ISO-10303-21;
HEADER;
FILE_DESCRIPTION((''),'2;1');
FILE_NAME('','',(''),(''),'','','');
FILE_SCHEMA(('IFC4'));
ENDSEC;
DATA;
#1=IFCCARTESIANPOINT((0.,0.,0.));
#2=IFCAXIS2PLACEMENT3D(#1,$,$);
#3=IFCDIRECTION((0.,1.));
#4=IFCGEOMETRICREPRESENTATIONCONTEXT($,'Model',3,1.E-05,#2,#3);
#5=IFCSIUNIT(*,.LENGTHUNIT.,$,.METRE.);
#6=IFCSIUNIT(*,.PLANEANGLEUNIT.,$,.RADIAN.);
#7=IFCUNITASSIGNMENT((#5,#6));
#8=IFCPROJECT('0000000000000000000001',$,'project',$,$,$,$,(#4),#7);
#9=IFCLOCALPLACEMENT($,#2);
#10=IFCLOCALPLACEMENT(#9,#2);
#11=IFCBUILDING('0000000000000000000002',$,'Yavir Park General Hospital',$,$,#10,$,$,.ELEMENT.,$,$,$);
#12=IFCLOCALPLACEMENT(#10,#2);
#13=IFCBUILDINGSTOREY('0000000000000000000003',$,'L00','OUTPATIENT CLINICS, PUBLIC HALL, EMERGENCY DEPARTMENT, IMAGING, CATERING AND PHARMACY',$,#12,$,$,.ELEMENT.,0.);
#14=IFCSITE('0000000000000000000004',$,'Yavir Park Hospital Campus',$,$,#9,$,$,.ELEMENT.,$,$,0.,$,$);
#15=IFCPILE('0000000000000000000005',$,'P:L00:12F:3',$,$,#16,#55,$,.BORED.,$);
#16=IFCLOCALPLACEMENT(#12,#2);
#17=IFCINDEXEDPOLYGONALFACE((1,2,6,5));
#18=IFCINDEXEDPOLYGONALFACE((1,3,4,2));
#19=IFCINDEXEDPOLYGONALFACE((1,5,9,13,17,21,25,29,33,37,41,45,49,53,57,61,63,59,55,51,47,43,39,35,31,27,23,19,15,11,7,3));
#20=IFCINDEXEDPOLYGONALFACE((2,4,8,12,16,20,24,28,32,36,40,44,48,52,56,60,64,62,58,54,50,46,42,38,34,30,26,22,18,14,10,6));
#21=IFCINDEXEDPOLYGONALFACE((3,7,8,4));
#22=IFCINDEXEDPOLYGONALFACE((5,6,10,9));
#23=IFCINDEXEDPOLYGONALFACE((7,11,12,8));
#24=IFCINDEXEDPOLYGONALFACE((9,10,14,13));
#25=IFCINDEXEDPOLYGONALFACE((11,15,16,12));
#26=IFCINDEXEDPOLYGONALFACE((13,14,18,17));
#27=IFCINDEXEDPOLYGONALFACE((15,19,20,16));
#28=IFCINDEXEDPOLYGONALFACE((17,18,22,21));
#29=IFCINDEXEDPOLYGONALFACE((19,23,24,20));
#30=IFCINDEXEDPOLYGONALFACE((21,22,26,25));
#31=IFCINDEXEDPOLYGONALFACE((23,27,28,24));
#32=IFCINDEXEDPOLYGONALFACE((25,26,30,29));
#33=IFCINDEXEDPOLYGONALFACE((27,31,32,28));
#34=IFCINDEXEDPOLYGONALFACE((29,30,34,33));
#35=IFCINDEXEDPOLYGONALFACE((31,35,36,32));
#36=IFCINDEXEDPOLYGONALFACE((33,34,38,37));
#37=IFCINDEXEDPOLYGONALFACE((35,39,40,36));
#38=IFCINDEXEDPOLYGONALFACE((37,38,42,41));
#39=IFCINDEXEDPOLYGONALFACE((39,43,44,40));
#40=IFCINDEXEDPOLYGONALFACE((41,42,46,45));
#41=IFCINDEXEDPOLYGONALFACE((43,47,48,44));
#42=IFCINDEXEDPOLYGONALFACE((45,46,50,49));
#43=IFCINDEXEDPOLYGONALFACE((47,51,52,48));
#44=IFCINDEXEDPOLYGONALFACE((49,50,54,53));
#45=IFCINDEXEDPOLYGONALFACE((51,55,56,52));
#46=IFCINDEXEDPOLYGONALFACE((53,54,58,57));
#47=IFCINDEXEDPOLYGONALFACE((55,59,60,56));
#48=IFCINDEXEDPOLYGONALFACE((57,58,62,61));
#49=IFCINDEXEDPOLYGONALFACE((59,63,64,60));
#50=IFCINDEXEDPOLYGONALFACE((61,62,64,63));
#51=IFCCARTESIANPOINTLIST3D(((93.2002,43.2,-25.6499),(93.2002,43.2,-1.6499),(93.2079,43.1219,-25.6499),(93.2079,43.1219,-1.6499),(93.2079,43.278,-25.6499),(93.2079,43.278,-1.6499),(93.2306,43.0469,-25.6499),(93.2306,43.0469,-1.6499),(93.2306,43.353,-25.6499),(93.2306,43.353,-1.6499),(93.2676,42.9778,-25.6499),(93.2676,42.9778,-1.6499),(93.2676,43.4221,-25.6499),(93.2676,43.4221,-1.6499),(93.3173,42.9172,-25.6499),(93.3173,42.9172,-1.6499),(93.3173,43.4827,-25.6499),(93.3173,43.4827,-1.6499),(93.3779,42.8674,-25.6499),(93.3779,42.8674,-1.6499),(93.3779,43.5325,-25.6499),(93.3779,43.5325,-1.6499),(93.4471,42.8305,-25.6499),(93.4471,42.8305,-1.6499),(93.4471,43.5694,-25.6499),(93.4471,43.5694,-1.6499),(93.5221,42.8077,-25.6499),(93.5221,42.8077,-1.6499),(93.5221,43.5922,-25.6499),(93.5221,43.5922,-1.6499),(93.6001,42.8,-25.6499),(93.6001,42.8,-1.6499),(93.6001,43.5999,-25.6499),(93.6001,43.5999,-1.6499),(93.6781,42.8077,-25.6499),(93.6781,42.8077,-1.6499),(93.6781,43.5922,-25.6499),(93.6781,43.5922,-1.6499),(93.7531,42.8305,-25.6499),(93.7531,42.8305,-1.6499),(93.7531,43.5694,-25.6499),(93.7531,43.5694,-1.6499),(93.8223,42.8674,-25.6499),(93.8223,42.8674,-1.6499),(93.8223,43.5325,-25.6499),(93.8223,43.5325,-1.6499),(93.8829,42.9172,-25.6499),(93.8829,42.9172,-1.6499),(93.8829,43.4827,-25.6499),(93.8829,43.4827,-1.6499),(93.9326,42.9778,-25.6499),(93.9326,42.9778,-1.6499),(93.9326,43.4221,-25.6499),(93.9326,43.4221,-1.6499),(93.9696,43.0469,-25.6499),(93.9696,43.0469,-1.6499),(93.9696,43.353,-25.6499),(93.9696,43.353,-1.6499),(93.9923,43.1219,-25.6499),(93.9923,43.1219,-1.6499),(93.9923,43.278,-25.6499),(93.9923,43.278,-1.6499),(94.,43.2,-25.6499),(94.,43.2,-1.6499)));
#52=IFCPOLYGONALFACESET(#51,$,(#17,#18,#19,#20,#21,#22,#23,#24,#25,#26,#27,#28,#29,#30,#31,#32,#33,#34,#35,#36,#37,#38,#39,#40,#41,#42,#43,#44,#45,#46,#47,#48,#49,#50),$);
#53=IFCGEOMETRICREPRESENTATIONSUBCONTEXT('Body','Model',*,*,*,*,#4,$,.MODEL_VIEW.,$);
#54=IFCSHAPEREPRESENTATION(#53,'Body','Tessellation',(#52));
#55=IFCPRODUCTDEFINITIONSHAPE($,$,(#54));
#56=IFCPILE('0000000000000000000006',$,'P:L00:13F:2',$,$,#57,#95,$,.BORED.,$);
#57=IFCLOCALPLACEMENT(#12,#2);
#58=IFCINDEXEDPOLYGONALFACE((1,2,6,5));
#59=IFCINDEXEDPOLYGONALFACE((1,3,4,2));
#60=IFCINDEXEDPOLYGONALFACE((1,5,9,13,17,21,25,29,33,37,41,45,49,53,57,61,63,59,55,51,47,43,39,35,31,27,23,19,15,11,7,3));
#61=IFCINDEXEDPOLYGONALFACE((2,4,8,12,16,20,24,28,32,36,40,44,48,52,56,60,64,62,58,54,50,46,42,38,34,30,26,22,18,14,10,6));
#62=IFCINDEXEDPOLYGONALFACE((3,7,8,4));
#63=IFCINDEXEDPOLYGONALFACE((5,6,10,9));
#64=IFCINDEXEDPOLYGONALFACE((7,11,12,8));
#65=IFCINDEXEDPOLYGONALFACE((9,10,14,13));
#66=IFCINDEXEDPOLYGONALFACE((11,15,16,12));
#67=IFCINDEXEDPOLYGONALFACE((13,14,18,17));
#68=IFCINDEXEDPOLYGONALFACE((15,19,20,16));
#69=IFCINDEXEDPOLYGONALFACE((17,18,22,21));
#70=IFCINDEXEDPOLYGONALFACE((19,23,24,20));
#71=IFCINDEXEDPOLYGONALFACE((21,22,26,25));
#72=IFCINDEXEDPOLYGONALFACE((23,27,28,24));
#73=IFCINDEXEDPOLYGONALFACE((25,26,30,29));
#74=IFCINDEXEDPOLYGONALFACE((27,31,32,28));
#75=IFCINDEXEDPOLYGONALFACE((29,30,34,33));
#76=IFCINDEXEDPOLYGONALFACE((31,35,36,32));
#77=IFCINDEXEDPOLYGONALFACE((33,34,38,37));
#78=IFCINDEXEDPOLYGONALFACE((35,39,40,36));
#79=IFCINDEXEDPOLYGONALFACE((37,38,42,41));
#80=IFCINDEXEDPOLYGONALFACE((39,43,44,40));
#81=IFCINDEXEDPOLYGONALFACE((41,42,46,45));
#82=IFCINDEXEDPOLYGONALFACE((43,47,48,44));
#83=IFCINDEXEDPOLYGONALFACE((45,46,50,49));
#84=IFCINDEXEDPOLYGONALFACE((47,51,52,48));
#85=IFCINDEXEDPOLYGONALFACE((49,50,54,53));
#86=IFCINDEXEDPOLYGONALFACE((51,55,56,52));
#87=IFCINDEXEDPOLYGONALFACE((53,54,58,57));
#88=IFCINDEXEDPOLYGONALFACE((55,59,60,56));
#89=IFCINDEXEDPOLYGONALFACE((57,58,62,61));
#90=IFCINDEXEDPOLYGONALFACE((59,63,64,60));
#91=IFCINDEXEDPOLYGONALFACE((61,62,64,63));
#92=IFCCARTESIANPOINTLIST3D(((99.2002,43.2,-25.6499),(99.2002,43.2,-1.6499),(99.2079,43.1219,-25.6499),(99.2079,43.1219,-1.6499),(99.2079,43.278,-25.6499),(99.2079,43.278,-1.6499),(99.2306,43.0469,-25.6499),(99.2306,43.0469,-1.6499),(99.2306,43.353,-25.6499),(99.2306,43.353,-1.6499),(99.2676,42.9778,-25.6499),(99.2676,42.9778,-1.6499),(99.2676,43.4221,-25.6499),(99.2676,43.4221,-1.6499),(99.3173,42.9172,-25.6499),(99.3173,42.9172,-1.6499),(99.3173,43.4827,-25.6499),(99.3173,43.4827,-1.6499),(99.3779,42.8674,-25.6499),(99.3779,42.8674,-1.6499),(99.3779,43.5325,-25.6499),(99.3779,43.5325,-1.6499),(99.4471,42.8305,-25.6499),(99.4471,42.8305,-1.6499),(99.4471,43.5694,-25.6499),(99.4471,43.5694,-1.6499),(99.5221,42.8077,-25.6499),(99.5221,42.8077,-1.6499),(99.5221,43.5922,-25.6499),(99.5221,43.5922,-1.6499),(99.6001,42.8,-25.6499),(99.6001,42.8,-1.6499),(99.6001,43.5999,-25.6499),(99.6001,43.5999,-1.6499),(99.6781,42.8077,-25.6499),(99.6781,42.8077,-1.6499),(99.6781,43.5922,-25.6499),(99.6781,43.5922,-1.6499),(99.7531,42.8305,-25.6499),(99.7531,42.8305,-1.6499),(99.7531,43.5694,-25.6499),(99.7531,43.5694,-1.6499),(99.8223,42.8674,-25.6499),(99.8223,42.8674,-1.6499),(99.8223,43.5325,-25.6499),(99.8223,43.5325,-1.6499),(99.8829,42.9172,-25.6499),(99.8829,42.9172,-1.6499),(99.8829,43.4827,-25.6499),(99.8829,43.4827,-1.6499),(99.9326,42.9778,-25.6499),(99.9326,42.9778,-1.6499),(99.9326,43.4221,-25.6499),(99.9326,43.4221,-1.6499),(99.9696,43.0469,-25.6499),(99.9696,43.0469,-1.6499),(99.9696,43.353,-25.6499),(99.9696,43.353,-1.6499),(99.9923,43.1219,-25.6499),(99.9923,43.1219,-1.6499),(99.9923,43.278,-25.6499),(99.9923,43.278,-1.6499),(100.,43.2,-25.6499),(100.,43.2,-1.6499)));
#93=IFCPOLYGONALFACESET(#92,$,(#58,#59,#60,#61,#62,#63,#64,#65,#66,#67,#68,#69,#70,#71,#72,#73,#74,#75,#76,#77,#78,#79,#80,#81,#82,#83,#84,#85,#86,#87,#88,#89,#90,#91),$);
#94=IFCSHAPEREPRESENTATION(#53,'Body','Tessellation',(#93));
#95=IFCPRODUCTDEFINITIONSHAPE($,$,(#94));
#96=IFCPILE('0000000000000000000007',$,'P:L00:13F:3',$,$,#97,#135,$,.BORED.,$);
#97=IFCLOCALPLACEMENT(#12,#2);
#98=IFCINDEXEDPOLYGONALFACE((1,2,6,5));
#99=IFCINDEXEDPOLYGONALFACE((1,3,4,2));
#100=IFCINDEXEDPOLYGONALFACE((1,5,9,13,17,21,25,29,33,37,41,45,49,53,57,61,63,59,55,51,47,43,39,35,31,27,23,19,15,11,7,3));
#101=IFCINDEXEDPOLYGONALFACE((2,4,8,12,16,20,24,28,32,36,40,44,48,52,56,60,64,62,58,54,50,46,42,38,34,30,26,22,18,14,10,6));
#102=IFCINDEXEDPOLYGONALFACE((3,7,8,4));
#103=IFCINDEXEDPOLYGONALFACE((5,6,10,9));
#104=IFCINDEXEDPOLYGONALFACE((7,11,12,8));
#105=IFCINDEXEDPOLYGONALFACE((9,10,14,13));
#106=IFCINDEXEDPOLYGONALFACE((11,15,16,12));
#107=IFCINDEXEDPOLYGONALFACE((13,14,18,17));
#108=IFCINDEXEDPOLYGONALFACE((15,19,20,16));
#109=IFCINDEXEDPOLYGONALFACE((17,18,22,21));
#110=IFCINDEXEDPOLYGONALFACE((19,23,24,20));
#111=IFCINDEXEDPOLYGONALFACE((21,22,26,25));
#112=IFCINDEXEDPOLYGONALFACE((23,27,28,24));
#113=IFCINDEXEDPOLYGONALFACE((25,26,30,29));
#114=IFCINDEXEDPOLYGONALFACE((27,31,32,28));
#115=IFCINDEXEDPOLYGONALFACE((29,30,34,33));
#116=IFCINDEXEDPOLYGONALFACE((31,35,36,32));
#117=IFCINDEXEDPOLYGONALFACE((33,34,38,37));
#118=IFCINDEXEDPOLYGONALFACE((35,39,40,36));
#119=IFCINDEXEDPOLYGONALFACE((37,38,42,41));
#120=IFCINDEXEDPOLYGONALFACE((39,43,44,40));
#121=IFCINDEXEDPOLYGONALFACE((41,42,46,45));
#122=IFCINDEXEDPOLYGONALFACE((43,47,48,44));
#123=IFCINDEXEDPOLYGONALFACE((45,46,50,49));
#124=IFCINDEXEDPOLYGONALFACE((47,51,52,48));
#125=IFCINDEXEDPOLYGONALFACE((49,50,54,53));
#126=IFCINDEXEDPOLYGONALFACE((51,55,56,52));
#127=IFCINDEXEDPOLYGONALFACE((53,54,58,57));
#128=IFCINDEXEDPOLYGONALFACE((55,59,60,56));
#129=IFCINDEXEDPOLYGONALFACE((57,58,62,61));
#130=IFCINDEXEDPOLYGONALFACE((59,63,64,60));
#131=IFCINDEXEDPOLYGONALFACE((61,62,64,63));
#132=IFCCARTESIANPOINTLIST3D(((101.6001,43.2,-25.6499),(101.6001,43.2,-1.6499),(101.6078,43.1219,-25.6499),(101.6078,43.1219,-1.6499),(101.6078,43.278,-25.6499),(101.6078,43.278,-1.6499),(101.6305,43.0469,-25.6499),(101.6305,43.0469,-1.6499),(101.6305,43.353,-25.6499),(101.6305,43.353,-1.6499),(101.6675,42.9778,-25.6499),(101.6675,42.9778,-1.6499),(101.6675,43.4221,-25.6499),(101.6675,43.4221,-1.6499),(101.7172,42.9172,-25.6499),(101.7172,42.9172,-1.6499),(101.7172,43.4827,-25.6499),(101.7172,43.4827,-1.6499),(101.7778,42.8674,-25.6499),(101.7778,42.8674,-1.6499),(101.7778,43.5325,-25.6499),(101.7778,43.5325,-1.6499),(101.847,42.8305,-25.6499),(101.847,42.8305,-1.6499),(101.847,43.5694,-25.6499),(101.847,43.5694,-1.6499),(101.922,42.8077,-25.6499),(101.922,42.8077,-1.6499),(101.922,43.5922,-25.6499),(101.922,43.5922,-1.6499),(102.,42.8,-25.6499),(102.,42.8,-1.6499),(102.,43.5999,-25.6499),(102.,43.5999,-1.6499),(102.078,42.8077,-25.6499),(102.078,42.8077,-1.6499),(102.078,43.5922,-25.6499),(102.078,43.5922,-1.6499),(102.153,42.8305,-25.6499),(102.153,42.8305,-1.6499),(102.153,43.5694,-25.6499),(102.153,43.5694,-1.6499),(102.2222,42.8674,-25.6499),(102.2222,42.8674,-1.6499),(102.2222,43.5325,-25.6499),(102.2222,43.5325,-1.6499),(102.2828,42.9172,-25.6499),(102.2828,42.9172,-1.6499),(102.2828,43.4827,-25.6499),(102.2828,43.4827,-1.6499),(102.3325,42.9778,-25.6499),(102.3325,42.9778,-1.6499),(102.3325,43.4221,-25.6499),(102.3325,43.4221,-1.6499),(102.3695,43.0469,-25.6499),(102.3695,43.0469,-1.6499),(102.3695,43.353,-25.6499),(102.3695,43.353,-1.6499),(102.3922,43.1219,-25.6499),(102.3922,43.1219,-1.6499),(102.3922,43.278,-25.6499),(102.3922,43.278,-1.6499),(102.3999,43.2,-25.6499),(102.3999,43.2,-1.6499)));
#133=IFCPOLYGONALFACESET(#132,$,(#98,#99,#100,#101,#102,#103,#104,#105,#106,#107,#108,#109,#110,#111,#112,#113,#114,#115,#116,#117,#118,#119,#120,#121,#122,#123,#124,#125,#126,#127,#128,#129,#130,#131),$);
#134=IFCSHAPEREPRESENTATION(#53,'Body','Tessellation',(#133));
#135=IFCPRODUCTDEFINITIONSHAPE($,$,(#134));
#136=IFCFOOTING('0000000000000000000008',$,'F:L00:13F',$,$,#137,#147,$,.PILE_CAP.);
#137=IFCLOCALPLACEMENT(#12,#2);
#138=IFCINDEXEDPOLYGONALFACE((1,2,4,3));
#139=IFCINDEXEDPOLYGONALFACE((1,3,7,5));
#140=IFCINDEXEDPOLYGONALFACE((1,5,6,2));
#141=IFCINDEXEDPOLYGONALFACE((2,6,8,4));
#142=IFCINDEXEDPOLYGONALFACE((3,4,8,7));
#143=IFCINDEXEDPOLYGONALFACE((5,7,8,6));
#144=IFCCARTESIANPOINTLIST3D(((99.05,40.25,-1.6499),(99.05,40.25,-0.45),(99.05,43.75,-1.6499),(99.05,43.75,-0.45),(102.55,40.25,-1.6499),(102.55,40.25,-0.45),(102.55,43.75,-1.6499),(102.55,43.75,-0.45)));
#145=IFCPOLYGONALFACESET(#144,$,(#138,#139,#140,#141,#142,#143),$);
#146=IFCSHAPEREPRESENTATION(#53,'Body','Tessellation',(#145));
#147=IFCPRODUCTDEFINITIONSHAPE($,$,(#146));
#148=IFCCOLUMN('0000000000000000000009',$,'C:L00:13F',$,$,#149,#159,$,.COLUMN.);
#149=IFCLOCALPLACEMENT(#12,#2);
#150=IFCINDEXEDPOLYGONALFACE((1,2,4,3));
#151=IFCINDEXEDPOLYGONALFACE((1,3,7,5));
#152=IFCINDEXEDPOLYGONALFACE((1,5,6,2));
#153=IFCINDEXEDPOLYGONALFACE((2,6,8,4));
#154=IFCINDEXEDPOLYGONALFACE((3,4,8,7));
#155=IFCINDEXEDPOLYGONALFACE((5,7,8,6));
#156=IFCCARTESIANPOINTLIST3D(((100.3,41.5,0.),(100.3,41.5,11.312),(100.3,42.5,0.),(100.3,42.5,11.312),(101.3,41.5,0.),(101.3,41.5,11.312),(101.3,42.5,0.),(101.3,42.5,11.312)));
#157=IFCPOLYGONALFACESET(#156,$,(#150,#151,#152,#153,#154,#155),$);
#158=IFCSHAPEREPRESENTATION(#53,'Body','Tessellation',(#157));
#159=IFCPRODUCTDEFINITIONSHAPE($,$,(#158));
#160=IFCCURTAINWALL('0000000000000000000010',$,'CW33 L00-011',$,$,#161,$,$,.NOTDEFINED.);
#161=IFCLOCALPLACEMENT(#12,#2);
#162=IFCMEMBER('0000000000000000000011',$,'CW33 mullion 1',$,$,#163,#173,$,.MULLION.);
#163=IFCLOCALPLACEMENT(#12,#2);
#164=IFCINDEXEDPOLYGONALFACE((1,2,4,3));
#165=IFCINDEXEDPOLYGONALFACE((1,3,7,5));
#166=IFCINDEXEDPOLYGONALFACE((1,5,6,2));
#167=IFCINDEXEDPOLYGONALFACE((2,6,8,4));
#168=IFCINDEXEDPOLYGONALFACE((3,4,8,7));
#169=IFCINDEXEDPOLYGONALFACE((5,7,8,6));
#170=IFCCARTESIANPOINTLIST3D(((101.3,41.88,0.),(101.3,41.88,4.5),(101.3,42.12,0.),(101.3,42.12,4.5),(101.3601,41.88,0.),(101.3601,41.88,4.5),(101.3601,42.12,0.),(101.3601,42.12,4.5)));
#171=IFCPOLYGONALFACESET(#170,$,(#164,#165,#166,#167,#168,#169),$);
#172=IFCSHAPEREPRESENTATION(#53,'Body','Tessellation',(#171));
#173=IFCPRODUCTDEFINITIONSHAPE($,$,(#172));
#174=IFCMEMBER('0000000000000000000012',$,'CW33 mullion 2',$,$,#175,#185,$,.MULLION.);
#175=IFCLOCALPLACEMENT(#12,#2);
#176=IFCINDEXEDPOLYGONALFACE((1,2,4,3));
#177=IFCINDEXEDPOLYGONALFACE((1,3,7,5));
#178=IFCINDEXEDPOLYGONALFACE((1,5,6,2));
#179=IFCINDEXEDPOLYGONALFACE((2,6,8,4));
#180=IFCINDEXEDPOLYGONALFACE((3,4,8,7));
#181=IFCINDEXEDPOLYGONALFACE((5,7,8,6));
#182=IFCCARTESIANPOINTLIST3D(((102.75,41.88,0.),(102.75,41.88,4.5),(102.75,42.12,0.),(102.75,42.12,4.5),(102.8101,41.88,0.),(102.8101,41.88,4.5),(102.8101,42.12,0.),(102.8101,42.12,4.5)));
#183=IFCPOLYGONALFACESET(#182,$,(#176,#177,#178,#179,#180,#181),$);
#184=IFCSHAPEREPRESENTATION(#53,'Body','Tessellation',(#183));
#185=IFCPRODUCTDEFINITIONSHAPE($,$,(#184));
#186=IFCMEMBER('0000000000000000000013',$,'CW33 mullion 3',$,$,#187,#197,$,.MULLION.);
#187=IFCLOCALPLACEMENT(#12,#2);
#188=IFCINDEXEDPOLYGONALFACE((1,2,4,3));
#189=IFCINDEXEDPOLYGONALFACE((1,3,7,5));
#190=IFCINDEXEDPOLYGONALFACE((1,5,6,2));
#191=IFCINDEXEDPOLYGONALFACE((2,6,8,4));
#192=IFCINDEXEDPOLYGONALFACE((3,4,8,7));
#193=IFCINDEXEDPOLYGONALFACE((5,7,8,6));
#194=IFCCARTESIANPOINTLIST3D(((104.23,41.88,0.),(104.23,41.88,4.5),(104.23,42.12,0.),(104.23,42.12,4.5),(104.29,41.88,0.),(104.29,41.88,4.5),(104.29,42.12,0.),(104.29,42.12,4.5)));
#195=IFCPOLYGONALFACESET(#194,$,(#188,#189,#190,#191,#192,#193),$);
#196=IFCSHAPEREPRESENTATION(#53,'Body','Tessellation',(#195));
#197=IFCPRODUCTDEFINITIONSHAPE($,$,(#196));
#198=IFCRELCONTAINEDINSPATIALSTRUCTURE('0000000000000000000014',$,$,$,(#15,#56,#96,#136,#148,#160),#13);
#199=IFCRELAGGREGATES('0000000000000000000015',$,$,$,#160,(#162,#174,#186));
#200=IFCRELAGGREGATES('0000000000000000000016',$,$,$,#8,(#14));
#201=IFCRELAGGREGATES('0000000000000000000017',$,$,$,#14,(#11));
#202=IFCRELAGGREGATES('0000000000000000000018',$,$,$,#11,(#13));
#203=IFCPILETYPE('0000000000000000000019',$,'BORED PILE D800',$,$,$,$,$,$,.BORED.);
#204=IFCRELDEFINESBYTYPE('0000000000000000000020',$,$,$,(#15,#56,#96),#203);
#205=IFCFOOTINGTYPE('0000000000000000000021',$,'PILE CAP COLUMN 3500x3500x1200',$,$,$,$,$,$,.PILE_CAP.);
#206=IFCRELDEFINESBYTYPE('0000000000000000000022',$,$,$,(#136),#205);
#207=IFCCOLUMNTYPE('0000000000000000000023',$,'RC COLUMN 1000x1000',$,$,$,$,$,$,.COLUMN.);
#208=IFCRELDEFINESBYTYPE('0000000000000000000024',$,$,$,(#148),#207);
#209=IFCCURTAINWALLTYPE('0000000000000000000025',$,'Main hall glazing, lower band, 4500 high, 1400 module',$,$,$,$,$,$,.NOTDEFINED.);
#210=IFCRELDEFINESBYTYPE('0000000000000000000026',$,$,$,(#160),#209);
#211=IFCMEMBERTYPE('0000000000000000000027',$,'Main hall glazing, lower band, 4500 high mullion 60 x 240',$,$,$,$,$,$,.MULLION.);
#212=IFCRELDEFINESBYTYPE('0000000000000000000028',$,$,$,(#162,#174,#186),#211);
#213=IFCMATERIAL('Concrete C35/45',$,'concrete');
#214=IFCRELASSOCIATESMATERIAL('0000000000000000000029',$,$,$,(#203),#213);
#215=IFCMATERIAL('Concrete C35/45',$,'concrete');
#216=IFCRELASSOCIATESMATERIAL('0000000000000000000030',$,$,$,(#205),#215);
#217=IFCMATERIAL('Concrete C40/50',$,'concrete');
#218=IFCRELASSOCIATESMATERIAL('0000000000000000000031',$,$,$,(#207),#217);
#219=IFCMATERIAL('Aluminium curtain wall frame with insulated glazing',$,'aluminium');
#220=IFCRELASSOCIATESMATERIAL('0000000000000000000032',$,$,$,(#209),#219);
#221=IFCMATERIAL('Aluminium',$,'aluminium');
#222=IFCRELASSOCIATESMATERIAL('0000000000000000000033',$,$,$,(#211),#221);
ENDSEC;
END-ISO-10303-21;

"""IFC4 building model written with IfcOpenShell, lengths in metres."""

from ifc_helpers import new_model, si_unit, direction, frame, origin, origin_2d, place, context, subcontext, project, spatial, rectangle, circle, extrude, material, material_profile, profile_set, type_object, element, aggregate, save


model = new_model("IFC4")

# Units and contexts
model_context = context("Model", 3, precision=1e-05, world=origin(), true_north=direction((0.0, 1.0)))
body_context = subcontext(model_context, "Body", "Model", "MODEL_VIEW")
ifc_project = project(units=[si_unit("LENGTHUNIT", "METRE"), si_unit("PLANEANGLEUNIT", "RADIAN")], contexts=[model_context])

# Site, building, storey
site_placement = place(None, origin())
site = spatial("IfcSite", under=ifc_project, at=site_placement, Name="Yavir Park Hospital Campus", CompositionType="ELEMENT", RefElevation=0.0)
building_placement = place(site_placement, origin())
building = spatial("IfcBuilding", under=site, at=building_placement, Name="Yavir Park General Hospital", CompositionType="ELEMENT")
storey_placement = place(building_placement, origin())
storey = spatial("IfcBuildingStorey", under=building, at=storey_placement, Name="L00", Description="OUTPATIENT CLINICS, PUBLIC HALL, EMERGENCY DEPARTMENT, IMAGING, CATERING AND PHARMACY", CompositionType="ELEMENT", Elevation=0.0)

# Piles
ifc_material_1 = material(Name="Concrete C35/45", Category="concrete")
ifc_material_profile_1 = material_profile(ifc_material_1, circle(Radius=0.3999, at=origin_2d()), Name="D800")
ifc_profile_set_1 = profile_set([ifc_material_profile_1], Name="Concrete C35/45")
pile_type = type_object("IfcPileType", Name="BORED PILE D800", PredefinedType="BORED", material=ifc_profile_set_1)
for number, where, z_axis, x_axis, name in (
    (1, (93.6001, 43.2, -1.6499), (0.0, 0.0, -1.0), (1.0, 0.0, 0.0), "P:L00:12F:3"),
    (2, (99.6001, 43.2, -1.6499), (0.0, 0.0, -1.0), (1.0, 0.0, 0.0), "P:L00:13F:2"),
    (3, (102.0, 43.2, -1.6499), (0.0, 0.0, -1.0), (1.0, 0.0, 0.0), "P:L00:13F:3"),
):
    element("IfcPile", number, at=place(storey_placement, frame(where, z_axis=z_axis, x_axis=x_axis)), inside=storey, type_object=pile_type, Name=name, PredefinedType="BORED", context=body_context, shape_type="SweptSolid", body=[
        extrude(circle(Radius=0.3999, at=origin_2d()), origin(), (0.0, 0.0, 1.0), 24.0),
    ])

# Footing
ifc_material_2 = material(Name="Concrete C35/45", Category="concrete")
footing_type = type_object("IfcFootingType", Name="PILE CAP COLUMN 3500x3500x1200", PredefinedType="PILE_CAP", material=ifc_material_2)
footing_placement = place(storey_placement, frame((100.8, 42.0, -1.6499), z_axis=(0.0, 0.0, 1.0), x_axis=(1.0, 0.0, 0.0)))
element("IfcFooting", 4, at=footing_placement, inside=storey, type_object=footing_type, Name="F:L00:13F", PredefinedType="PILE_CAP", context=body_context, shape_type="SweptSolid", body=[
    extrude(rectangle(XDim=3.5, YDim=3.5, at=origin_2d()), origin(), (0.0, 0.0, 1.0), 1.2),
])

# Column
ifc_material_3 = material(Name="Concrete C40/50", Category="concrete")
ifc_material_profile_2 = material_profile(ifc_material_3, rectangle(XDim=1.0, YDim=1.0, at=origin_2d()), Name="RC1000x1000")
ifc_profile_set_2 = profile_set([ifc_material_profile_2], Name="Concrete C40/50")
column_type = type_object("IfcColumnType", Name="RC COLUMN 1000x1000", PredefinedType="COLUMN", material=ifc_profile_set_2)
column_placement = place(storey_placement, frame((100.8, 42.0, 0.0), z_axis=(0.0, 0.0, 1.0), x_axis=(1.0, 0.0, 0.0)))
element("IfcColumn", 5, at=column_placement, inside=storey, type_object=column_type, Name="C:L00:13F", PredefinedType="COLUMN", context=body_context, shape_type="SweptSolid", body=[
    extrude(rectangle(XDim=1.0, YDim=1.0, at=origin_2d()), origin(), (0.0, 0.0, 1.0), 11.312),
])

# Curtain wall, members
ifc_material_4 = material(Name="Aluminium curtain wall frame with insulated glazing", Category="aluminium")
curtain_wall_type = type_object("IfcCurtainWallType", Name="Main hall glazing, lower band, 4500 high, 1400 module", PredefinedType="NOTDEFINED", material=ifc_material_4)
curtain_wall_placement = place(storey_placement, origin())
curtain_wall = element("IfcCurtainWall", 6, at=curtain_wall_placement, inside=storey, type_object=curtain_wall_type, Name="CW33 L00-011", PredefinedType="NOTDEFINED")
ifc_material_5 = material(Name="Aluminium", Category="aluminium")
ifc_material_profile_3 = material_profile(ifc_material_5, rectangle(XDim=0.24, YDim=0.0601, at=origin_2d()), Name="AL 60x240")
ifc_profile_set_3 = profile_set([ifc_material_profile_3], Name="Aluminium")
member_type_1 = type_object("IfcMemberType", Name="Main hall glazing, lower band, 4500 high mullion 60 x 240", PredefinedType="MULLION", material=ifc_profile_set_3)
member_1_placement = place(storey_placement, frame((101.3301, 42.0, 0.0), z_axis=(0.0, 0.0, 1.0), x_axis=(0.0, 1.0, 0.0)))
member_1 = element("IfcMember", 7, at=member_1_placement, type_object=member_type_1, Name="CW33 mullion 1", PredefinedType="MULLION", context=body_context, shape_type="SweptSolid", body=[
    extrude(rectangle(XDim=0.24, YDim=0.0601, at=origin_2d()), origin(), (0.0, 0.0, 1.0), 4.5),
])
member_2_placement = place(storey_placement, frame((102.78, 42.0, 0.0), z_axis=(0.0, 0.0, 1.0), x_axis=(0.0, 1.0, 0.0)))
member_2 = element("IfcMember", 8, at=member_2_placement, type_object=member_type_1, Name="CW33 mullion 2", PredefinedType="MULLION", context=body_context, shape_type="SweptSolid", body=[
    extrude(rectangle(XDim=0.24, YDim=0.0601, at=origin_2d()), origin(), (0.0, 0.0, 1.0), 4.5),
])
member_3_placement = place(storey_placement, frame((104.26, 42.0, 0.0), z_axis=(0.0, 0.0, 1.0), x_axis=(0.0, 1.0, 0.0)))
member_3 = element("IfcMember", 9, at=member_3_placement, type_object=member_type_1, Name="CW33 mullion 3", PredefinedType="MULLION", context=body_context, shape_type="SweptSolid", body=[
    extrude(rectangle(XDim=0.24, YDim=0.0601, at=origin_2d()), origin(), (0.0, 0.0, 1.0), 4.5),
])

aggregate(curtain_wall, [member_1, member_2, member_3])

save(model, "model.ifc")
